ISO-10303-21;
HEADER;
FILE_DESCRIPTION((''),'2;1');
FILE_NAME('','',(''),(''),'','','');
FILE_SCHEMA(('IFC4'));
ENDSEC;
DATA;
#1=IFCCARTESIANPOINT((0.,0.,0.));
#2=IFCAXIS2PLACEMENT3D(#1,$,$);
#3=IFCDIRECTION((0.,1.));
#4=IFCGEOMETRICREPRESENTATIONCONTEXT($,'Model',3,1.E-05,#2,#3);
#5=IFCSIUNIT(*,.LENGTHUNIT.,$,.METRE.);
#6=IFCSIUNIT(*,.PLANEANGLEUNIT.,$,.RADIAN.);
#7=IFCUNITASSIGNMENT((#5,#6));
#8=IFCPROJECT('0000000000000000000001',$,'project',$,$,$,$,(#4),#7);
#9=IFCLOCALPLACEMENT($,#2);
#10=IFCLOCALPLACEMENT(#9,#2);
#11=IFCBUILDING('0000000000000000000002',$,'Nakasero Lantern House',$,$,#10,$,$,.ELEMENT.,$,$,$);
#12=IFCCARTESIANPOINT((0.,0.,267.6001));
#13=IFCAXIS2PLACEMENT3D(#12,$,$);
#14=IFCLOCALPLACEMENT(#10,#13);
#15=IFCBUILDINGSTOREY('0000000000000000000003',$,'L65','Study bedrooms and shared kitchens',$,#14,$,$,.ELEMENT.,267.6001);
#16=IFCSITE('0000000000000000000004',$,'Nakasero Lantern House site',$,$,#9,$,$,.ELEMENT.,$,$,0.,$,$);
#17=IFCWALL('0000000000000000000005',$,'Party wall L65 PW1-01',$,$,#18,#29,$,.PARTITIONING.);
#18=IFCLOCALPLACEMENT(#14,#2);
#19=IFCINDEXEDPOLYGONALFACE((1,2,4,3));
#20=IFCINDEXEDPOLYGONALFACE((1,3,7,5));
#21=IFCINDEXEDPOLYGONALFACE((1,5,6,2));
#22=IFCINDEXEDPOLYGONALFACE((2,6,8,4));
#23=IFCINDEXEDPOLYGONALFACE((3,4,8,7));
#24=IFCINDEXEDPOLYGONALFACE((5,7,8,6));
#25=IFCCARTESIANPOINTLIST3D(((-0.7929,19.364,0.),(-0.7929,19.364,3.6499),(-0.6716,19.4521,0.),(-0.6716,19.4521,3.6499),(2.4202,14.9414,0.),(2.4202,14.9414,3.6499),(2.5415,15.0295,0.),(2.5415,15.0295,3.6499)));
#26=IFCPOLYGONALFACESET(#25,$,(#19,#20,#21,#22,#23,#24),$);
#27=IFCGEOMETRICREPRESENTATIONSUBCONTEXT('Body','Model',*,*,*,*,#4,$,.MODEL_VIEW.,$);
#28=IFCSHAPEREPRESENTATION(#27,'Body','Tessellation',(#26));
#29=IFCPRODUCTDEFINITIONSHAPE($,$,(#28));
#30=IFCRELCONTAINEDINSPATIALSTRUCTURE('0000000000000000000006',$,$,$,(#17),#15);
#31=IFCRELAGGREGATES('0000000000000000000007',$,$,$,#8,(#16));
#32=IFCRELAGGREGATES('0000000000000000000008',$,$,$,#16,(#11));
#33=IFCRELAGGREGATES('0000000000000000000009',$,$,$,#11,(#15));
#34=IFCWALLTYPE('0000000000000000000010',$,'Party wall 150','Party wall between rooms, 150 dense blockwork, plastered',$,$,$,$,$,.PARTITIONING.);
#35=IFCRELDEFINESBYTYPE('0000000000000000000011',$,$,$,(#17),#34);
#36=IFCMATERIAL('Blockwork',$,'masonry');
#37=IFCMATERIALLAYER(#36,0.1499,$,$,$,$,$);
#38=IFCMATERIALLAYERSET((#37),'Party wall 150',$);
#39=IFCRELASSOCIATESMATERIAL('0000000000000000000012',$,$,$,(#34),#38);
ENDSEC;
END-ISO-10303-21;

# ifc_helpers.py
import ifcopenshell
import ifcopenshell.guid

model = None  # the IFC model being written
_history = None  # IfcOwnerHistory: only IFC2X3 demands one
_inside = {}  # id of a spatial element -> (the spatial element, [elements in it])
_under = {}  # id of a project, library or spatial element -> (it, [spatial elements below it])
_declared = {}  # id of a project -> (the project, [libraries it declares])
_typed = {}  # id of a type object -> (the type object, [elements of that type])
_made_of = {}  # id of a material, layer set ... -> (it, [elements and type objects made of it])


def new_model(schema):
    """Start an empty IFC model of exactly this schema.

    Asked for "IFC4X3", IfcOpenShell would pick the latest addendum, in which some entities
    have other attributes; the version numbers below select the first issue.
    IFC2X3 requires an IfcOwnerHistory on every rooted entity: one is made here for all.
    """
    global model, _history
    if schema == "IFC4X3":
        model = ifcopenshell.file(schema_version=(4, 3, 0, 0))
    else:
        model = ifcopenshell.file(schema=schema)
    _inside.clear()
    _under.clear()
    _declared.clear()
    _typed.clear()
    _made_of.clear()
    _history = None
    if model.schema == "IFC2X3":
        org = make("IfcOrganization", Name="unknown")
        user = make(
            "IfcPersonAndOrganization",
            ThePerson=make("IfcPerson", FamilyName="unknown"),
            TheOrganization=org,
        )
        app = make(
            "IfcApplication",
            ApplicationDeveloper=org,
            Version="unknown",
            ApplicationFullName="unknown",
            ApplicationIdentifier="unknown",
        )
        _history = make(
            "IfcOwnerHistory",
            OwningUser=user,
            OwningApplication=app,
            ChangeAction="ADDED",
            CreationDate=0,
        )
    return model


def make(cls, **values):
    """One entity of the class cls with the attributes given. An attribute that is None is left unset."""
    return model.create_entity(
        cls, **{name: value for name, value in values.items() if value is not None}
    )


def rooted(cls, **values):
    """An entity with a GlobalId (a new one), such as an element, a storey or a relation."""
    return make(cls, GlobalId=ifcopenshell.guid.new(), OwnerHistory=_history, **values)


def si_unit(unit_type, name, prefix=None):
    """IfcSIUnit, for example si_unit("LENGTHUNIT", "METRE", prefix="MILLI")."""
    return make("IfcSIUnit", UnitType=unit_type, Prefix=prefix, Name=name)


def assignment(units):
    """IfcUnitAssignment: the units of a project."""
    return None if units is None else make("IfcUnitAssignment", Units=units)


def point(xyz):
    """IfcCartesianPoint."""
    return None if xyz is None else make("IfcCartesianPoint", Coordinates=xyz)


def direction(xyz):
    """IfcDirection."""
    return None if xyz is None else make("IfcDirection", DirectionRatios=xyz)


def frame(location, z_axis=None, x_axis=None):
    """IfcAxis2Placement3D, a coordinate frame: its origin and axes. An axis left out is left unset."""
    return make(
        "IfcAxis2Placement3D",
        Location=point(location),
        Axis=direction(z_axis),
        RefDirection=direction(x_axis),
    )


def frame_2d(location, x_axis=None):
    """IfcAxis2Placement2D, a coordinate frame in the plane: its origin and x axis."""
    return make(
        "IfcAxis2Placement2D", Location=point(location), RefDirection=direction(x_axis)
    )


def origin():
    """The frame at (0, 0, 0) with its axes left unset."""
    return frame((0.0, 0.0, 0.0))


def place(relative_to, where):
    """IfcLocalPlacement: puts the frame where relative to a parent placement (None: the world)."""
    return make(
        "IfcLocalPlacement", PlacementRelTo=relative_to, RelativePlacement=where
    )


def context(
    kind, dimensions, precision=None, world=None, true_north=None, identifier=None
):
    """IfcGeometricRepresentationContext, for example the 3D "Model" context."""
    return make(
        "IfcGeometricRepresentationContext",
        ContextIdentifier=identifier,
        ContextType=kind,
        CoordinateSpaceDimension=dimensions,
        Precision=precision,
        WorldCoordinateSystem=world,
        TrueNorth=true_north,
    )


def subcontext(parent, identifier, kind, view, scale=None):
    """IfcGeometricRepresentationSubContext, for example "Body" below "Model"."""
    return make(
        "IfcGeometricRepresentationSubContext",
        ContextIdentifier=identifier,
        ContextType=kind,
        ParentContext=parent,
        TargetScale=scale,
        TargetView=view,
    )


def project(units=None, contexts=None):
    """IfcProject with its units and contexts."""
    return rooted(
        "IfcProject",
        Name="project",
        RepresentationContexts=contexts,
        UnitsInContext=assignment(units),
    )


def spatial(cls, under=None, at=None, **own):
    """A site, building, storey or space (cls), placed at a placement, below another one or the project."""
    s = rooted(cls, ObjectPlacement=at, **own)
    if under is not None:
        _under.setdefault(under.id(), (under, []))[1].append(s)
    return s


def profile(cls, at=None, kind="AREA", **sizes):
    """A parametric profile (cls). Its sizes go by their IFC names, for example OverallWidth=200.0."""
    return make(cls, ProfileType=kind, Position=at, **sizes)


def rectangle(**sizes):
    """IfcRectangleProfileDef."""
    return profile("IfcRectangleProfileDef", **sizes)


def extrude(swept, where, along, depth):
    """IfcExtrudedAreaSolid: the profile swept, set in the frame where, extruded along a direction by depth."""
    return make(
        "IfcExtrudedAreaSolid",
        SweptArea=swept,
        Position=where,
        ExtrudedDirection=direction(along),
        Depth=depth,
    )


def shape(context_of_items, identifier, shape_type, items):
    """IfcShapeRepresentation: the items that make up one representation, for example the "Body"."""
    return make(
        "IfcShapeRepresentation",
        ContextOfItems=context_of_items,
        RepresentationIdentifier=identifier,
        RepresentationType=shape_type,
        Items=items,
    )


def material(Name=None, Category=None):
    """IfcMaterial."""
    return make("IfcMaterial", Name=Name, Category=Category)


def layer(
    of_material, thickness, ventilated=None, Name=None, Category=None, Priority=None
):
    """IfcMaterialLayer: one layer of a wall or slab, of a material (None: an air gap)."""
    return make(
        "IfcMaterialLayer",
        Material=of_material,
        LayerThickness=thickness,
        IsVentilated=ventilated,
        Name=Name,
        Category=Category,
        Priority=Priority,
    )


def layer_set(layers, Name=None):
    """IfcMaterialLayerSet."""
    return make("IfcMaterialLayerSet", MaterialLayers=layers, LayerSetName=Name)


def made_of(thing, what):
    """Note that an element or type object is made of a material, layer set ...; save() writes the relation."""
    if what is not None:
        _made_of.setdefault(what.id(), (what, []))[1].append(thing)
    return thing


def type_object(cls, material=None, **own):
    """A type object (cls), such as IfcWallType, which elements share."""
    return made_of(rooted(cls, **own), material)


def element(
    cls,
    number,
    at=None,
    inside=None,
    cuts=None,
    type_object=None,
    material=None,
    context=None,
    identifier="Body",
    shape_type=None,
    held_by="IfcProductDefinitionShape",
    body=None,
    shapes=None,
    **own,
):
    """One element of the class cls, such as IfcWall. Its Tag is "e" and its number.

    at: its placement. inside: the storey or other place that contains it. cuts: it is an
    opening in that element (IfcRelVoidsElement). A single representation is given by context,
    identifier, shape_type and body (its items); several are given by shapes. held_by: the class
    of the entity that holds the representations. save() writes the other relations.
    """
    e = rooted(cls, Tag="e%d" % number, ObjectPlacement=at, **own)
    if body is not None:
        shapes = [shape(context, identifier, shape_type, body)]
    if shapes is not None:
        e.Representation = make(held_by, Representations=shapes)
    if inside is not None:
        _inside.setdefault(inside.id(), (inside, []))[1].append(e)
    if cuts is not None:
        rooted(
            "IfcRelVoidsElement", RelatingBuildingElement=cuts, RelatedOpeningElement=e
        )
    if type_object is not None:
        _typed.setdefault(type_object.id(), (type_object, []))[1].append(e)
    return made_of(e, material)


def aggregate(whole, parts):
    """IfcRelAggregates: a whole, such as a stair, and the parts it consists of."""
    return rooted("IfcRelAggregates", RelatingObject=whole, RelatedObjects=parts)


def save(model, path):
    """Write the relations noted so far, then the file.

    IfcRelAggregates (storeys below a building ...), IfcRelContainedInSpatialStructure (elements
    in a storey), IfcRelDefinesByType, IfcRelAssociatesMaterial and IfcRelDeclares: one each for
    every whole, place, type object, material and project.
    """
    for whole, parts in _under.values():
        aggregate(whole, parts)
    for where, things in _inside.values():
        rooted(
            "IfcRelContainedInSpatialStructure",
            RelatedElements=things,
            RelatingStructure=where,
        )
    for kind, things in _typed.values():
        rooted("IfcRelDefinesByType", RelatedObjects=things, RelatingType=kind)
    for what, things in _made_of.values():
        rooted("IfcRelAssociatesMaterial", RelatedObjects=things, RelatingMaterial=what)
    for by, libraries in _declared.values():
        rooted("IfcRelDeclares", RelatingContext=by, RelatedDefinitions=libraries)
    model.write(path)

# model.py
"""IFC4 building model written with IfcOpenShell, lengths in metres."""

from ifc_helpers import new_model, si_unit, direction, frame, frame_2d, origin, place, context, subcontext, project, spatial, rectangle, extrude, material, layer, layer_set, type_object, element, save


model = new_model("IFC4")

# Units and contexts
model_context = context("Model", 3, precision=1e-05, world=origin(), true_north=direction((0.0, 1.0)))
body_context = subcontext(model_context, "Body", "Model", "MODEL_VIEW")
ifc_project = project(units=[si_unit("LENGTHUNIT", "METRE"), si_unit("PLANEANGLEUNIT", "RADIAN")], contexts=[model_context])

# Site, building, storey
site_placement = place(None, origin())
site = spatial("IfcSite", under=ifc_project, at=site_placement, Name="Nakasero Lantern House site", CompositionType="ELEMENT", RefElevation=0.0)
building_placement = place(site_placement, origin())
building = spatial("IfcBuilding", under=site, at=building_placement, Name="Nakasero Lantern House", CompositionType="ELEMENT")
storey_placement = place(building_placement, frame((0.0, 0.0, 267.6001)))
storey = spatial("IfcBuildingStorey", under=building, at=storey_placement, Name="L65", Description="Study bedrooms and shared kitchens", CompositionType="ELEMENT", Elevation=267.6001)

# Shared definitions
ifc_material_1 = material(Name="Blockwork", Category="masonry")
ifc_layer_1 = layer(ifc_material_1, 0.1499)
ifc_layer_set_1 = layer_set([ifc_layer_1], Name="Party wall 150")
wall_type_1 = type_object("IfcWallType", Name="Party wall 150", Description="Party wall between rooms, 150 dense blockwork, plastered", PredefinedType="PARTITIONING", material=ifc_layer_set_1)

# Wall
wall_1_placement = place(storey_placement, frame((2.481, 14.9854, 0.0), z_axis=(0.0, 0.0, 1.0), x_axis=(-0.587776, 0.809024, 0.0)))
element("IfcWall", 1, at=wall_1_placement, inside=storey, type_object=wall_type_1, Name="Party wall L65 PW1-01", PredefinedType="PARTITIONING", context=body_context, shape_type="SweptSolid", body=[
    extrude(rectangle(XDim=5.4666, YDim=0.1499, at=frame_2d((2.7334, 0.0))), origin(), (0.0, 0.0, 1.0), 3.6499),
])

save(model, "model.ifc")
